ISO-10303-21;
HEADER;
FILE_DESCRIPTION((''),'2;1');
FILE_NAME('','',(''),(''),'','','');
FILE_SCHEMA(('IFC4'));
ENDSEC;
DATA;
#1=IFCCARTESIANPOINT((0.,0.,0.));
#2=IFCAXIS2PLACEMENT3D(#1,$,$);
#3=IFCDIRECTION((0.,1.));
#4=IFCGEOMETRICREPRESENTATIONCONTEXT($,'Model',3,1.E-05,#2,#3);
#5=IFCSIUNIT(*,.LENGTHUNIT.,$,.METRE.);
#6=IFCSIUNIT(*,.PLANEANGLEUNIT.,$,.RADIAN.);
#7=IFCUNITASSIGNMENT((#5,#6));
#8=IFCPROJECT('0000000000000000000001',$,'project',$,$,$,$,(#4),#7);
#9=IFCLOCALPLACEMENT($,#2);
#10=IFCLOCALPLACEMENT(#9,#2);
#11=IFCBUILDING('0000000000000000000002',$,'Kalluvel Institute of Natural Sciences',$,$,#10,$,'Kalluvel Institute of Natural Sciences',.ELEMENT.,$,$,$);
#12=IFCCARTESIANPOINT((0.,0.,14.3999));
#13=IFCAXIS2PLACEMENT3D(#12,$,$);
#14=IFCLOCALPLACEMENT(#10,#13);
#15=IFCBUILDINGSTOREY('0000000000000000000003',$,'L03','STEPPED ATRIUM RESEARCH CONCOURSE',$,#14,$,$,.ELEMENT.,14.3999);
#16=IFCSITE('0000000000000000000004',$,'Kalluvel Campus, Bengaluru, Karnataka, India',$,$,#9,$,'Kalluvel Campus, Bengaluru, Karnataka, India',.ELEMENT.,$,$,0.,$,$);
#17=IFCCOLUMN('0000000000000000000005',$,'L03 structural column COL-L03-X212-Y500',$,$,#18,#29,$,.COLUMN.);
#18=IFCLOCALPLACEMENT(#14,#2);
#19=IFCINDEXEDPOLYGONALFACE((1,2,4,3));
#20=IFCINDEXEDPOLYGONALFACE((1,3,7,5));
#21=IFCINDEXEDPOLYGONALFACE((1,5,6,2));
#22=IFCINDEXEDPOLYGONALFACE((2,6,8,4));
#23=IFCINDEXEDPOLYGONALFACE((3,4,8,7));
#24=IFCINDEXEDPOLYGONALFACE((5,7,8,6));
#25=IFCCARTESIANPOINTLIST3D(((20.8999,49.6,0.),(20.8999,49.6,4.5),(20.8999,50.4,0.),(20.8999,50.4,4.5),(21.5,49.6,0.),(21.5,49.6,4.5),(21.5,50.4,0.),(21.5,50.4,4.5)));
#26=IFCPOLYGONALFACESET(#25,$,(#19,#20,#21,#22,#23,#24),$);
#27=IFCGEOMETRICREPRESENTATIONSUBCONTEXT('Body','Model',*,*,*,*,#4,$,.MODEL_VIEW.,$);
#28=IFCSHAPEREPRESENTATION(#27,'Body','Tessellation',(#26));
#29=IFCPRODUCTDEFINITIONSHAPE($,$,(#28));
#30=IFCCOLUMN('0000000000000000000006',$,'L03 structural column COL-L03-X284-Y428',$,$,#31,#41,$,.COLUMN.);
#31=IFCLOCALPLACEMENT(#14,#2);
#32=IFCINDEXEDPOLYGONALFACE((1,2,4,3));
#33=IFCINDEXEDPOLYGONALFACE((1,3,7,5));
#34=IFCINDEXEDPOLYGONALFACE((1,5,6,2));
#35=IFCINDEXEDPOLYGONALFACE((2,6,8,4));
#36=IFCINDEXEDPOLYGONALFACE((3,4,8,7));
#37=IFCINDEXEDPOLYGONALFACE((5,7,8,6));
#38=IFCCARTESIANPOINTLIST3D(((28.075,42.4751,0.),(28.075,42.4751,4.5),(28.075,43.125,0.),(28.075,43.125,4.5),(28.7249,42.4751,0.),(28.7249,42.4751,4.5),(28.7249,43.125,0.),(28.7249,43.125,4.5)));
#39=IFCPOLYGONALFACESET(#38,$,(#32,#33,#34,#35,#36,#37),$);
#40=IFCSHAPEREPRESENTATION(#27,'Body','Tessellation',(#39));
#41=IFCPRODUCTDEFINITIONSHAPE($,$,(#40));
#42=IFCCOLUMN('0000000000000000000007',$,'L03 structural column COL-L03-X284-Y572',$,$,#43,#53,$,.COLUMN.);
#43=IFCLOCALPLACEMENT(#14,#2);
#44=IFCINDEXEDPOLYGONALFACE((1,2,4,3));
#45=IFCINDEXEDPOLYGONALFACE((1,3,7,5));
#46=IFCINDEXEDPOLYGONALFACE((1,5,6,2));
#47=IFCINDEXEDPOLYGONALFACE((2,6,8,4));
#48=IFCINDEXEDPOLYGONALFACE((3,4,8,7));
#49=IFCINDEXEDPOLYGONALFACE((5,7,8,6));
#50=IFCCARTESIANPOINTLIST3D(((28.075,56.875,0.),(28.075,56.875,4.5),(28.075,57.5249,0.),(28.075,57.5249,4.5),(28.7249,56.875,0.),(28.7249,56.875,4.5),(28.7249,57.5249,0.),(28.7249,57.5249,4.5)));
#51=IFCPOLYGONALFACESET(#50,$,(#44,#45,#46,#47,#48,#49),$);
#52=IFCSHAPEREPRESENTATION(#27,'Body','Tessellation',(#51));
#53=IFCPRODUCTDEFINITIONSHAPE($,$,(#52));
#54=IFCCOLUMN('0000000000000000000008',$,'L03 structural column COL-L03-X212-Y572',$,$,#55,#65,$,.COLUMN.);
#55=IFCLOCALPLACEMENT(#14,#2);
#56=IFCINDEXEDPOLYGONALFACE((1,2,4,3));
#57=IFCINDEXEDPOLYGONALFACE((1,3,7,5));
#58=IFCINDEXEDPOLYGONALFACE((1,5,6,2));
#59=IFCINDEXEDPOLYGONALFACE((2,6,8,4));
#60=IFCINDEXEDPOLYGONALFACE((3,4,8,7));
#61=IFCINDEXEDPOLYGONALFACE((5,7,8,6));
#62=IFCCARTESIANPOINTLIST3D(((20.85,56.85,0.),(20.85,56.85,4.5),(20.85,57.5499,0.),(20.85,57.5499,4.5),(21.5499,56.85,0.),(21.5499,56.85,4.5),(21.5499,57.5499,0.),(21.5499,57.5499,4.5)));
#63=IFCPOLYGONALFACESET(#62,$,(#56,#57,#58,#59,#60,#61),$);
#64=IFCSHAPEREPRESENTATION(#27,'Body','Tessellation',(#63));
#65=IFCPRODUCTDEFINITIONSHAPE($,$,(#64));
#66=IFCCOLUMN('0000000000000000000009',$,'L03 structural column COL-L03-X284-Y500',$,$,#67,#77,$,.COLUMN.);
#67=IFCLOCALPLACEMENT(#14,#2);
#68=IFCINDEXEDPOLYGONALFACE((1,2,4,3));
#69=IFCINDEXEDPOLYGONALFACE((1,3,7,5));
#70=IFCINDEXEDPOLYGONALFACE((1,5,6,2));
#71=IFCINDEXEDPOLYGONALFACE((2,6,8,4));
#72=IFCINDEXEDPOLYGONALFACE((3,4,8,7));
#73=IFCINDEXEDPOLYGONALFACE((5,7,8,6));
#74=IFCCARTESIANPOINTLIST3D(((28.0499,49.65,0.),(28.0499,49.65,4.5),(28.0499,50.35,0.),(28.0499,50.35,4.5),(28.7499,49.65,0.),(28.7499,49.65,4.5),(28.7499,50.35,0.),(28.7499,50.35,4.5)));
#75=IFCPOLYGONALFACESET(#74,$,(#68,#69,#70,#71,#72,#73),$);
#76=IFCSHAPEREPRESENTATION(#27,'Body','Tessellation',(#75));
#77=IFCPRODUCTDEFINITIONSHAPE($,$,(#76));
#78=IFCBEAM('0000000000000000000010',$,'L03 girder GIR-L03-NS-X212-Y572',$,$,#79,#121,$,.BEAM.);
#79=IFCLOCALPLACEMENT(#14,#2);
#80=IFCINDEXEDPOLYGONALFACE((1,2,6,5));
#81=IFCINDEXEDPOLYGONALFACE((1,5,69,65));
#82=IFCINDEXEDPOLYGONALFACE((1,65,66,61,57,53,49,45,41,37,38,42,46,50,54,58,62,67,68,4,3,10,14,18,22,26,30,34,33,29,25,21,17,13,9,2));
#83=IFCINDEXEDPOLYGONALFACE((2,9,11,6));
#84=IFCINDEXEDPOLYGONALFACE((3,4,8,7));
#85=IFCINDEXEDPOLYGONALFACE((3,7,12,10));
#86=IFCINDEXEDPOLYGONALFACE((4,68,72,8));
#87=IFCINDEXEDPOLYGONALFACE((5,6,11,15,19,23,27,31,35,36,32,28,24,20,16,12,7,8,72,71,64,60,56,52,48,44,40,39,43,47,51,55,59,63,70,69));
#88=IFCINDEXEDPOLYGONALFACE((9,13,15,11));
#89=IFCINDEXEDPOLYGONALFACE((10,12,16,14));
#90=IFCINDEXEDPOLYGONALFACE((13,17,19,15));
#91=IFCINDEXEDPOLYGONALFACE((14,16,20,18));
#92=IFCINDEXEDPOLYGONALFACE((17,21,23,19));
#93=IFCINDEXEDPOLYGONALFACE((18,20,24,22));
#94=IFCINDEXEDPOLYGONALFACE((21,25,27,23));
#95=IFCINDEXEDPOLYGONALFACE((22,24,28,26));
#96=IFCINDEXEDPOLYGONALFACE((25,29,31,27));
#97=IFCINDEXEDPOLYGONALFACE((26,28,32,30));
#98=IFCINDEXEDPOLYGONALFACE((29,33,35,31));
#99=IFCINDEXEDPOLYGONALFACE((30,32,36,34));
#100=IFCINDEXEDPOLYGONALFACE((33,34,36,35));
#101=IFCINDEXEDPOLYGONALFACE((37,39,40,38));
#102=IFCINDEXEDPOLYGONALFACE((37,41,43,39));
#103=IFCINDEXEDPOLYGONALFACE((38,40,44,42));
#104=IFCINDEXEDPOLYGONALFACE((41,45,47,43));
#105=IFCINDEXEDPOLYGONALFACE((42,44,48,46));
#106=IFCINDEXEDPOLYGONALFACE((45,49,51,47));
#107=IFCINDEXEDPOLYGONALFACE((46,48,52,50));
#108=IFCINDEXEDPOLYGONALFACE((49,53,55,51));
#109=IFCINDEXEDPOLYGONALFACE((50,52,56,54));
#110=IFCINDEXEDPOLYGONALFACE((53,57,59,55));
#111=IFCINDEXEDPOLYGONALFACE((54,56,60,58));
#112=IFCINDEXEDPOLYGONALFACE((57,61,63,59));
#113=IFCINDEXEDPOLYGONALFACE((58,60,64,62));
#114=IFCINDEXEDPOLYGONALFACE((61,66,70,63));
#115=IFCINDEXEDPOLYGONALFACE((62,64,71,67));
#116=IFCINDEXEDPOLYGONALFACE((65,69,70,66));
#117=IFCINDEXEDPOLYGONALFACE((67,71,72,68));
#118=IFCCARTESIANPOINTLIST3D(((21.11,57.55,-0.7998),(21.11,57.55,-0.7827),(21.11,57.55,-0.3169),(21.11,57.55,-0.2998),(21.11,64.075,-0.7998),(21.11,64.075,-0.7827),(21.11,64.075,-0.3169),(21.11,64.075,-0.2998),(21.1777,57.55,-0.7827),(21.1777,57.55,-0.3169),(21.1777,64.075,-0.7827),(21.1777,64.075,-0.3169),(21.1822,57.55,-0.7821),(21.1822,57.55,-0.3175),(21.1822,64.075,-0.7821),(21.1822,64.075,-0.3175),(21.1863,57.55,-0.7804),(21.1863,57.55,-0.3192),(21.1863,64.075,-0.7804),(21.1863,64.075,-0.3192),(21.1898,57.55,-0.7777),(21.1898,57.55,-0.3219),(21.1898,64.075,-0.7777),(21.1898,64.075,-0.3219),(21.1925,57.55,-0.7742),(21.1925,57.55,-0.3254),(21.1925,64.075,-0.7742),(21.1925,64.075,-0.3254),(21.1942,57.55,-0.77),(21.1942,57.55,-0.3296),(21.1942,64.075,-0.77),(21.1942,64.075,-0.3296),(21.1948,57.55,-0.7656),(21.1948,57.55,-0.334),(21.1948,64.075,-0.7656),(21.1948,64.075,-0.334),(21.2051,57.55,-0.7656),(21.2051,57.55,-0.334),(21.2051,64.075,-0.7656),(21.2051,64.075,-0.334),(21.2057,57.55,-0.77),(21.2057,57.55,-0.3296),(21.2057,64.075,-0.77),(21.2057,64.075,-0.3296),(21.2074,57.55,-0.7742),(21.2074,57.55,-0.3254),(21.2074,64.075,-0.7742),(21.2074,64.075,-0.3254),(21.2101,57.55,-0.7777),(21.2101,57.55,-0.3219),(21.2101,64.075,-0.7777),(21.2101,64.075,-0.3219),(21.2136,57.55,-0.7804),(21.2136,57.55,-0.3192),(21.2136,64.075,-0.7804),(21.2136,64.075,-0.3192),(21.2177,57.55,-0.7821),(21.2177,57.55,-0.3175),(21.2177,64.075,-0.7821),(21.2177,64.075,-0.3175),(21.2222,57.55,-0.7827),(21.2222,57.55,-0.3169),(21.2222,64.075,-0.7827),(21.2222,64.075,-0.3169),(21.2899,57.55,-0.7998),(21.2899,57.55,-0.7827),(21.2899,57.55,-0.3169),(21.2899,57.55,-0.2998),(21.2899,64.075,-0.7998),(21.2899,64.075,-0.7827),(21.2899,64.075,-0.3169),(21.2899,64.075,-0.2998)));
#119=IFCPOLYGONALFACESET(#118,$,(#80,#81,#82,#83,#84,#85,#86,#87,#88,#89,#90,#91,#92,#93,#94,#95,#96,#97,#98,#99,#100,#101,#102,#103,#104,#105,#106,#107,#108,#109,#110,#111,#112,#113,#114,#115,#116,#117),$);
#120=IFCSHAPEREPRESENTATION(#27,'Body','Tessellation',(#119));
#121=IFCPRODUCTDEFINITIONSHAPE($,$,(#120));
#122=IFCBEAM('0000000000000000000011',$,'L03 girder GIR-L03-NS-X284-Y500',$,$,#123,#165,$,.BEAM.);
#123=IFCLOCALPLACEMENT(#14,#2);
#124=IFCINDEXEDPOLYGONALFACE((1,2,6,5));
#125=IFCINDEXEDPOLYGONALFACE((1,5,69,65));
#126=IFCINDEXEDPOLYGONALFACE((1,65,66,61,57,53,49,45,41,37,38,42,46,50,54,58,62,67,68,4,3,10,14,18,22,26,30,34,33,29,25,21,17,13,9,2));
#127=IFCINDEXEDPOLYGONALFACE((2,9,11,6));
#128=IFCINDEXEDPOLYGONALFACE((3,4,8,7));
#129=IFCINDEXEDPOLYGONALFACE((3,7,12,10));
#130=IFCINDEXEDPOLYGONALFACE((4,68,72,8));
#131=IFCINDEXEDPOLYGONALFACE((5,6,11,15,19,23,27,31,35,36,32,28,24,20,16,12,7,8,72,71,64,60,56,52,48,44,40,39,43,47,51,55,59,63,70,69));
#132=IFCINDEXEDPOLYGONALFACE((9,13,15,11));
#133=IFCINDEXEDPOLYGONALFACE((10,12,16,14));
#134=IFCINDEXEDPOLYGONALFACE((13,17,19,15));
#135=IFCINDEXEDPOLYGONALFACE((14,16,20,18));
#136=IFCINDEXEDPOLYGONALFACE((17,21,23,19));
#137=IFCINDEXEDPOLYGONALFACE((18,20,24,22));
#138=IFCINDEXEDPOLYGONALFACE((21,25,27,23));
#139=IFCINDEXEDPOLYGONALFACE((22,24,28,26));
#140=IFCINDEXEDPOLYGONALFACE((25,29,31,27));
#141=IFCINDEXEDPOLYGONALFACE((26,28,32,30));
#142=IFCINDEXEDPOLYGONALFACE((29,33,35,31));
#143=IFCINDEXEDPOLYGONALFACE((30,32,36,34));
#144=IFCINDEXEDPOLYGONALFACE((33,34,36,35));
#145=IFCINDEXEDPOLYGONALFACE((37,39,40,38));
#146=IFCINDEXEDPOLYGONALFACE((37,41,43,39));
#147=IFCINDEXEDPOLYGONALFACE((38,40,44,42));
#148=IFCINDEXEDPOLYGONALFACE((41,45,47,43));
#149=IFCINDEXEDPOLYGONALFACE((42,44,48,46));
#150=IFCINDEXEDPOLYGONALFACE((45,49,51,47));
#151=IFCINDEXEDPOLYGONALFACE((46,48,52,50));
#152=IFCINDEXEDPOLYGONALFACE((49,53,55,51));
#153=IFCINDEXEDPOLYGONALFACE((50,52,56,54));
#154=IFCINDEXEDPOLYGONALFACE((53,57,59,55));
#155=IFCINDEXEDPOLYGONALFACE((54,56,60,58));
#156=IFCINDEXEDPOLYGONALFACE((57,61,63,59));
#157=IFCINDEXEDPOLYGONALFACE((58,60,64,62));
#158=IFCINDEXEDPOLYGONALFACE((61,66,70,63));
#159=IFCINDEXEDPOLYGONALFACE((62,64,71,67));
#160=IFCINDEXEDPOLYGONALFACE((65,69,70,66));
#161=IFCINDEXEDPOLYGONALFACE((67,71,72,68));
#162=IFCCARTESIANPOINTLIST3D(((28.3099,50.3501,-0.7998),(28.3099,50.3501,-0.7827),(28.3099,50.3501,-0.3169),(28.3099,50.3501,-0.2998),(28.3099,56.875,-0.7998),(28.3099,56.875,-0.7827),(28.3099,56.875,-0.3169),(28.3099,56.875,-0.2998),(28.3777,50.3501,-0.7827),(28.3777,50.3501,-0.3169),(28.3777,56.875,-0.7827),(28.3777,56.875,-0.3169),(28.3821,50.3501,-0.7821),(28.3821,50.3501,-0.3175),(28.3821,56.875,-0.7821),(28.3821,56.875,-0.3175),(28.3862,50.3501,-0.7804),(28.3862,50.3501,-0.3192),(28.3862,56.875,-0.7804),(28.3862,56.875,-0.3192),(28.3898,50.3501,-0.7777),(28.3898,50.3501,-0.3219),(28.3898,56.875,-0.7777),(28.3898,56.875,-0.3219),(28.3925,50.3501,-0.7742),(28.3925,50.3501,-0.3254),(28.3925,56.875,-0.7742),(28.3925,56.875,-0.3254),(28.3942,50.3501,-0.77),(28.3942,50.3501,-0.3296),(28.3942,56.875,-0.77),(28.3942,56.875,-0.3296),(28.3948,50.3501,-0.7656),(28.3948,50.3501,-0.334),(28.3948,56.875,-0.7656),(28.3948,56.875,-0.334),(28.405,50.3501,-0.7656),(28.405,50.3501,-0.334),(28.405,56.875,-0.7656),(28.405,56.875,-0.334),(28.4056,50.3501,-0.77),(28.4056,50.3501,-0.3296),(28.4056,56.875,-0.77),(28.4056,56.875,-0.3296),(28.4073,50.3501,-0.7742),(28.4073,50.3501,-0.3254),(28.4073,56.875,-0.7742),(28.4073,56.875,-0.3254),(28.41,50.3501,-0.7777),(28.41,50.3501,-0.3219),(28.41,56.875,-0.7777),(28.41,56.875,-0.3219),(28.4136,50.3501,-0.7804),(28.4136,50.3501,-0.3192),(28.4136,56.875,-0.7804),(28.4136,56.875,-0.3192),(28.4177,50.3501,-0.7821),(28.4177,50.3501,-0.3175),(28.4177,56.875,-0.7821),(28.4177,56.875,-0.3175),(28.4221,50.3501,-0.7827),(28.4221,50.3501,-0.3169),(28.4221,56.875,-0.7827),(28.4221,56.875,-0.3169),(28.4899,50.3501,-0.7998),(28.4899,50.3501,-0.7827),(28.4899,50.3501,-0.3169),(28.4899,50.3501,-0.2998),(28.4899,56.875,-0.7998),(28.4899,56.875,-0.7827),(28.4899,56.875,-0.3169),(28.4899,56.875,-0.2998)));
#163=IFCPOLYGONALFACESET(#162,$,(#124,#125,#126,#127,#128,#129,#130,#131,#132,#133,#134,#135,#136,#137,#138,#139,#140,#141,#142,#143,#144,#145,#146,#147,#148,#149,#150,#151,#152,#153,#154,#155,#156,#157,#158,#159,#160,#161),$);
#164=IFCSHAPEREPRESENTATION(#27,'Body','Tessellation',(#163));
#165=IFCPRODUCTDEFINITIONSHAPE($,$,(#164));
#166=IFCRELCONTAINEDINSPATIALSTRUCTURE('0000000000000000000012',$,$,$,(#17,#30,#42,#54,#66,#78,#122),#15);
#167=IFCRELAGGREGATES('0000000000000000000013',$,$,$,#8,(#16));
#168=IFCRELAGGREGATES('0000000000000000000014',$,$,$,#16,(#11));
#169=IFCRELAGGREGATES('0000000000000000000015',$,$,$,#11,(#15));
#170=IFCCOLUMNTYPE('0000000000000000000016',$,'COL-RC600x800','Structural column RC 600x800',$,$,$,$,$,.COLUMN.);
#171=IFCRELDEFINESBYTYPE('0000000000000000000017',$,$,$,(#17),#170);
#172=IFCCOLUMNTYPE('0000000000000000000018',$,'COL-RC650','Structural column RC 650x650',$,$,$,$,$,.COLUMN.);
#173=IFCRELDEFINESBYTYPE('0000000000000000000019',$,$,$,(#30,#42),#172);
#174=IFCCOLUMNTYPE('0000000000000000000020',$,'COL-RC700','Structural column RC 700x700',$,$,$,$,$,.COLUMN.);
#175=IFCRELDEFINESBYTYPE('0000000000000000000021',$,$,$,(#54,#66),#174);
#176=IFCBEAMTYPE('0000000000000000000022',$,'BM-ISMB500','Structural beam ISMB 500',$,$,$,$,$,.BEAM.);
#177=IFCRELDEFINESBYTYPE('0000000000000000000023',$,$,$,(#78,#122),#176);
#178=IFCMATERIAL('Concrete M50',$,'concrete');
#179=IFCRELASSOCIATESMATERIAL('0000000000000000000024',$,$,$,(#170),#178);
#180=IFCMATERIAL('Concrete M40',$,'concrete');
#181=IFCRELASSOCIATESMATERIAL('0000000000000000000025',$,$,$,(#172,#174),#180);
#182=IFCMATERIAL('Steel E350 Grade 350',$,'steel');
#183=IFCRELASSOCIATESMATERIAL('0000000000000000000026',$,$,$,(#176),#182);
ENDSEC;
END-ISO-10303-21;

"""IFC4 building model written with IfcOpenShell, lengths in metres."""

from ifc_helpers import new_model, si_unit, direction, frame, origin, origin_2d, place, context, subcontext, project, spatial, rectangle, i_section, extrude, material, material_profile, profile_set, type_object, element, save


model = new_model("IFC4")

# Units and contexts
model_context = context("Model", 3, precision=1e-05, world=origin(), true_north=direction((0.0, 1.0)))
body_context = subcontext(model_context, "Body", "Model", "MODEL_VIEW")
ifc_project = project(units=[si_unit("LENGTHUNIT", "METRE"), si_unit("PLANEANGLEUNIT", "RADIAN")], contexts=[model_context])

# Site, building, storey
site_placement = place(None, origin())
site = spatial("IfcSite", under=ifc_project, at=site_placement, Name="Kalluvel Campus, Bengaluru, Karnataka, India", LongName="Kalluvel Campus, Bengaluru, Karnataka, India", CompositionType="ELEMENT", RefElevation=0.0)
building_placement = place(site_placement, origin())
building = spatial("IfcBuilding", under=site, at=building_placement, Name="Kalluvel Institute of Natural Sciences", LongName="Kalluvel Institute of Natural Sciences", CompositionType="ELEMENT")
storey_placement = place(building_placement, frame((0.0, 0.0, 14.3999)))
storey = spatial("IfcBuildingStorey", under=building, at=storey_placement, Name="L03", Description="STEPPED ATRIUM RESEARCH CONCOURSE", CompositionType="ELEMENT", Elevation=14.3999)

# Columns
ifc_material_1 = material(Name="Concrete M50", Category="concrete")
ifc_material_profile_1 = material_profile(ifc_material_1, rectangle(XDim=0.6001, YDim=0.8, at=origin_2d()), Name="RC 600x800")
ifc_profile_set_1 = profile_set([ifc_material_profile_1], Name="Concrete M50")
column_type_1 = type_object("IfcColumnType", Name="COL-RC600x800", Description="Structural column RC 600x800", PredefinedType="COLUMN", material=ifc_profile_set_1)
column_placement = place(storey_placement, frame((21.2, 50.0, 0.0), z_axis=(0.0, 0.0, 1.0), x_axis=(1.0, 0.0, 0.0)))
element("IfcColumn", 1, at=column_placement, inside=storey, type_object=column_type_1, Name="L03 structural column COL-L03-X212-Y500", PredefinedType="COLUMN", context=body_context, shape_type="SweptSolid", body=[
    extrude(rectangle(XDim=0.6001, YDim=0.8, at=origin_2d()), origin(), (0.0, 0.0, 1.0), 4.5),
])
ifc_material_2 = material(Name="Concrete M40", Category="concrete")
ifc_material_profile_2 = material_profile(ifc_material_2, rectangle(XDim=0.6499, YDim=0.6499, at=origin_2d()), Name="RC 650x650")
ifc_profile_set_2 = profile_set([ifc_material_profile_2], Name="Concrete M40")
column_type_2 = type_object("IfcColumnType", Name="COL-RC650", Description="Structural column RC 650x650", PredefinedType="COLUMN", material=ifc_profile_set_2)
for number, where, z_axis, x_axis, name in (
    (2, (28.3999, 42.8, 0.0), (0.0, 0.0, 1.0), (1.0, 0.0, 0.0), "L03 structural column COL-L03-X284-Y428"),
    (3, (28.3999, 57.2, 0.0), (0.0, 0.0, 1.0), (1.0, 0.0, 0.0), "L03 structural column COL-L03-X284-Y572"),
):
    element("IfcColumn", number, at=place(storey_placement, frame(where, z_axis=z_axis, x_axis=x_axis)), inside=storey, type_object=column_type_2, Name=name, PredefinedType="COLUMN", context=body_context, shape_type="SweptSolid", body=[
        extrude(rectangle(XDim=0.6499, YDim=0.6499, at=origin_2d()), origin(), (0.0, 0.0, 1.0), 4.5),
    ])
ifc_material_profile_3 = material_profile(ifc_material_2, rectangle(XDim=0.7, YDim=0.7, at=origin_2d()), Name="RC 700x700")
ifc_profile_set_3 = profile_set([ifc_material_profile_3], Name="Concrete M40")
column_type_3 = type_object("IfcColumnType", Name="COL-RC700", Description="Structural column RC 700x700", PredefinedType="COLUMN", material=ifc_profile_set_3)
for number, where, z_axis, x_axis, name in (
    (4, (21.2, 57.2, 0.0), (0.0, 0.0, 1.0), (1.0, 0.0, 0.0), "L03 structural column COL-L03-X212-Y572"),
    (5, (28.3999, 50.0, 0.0), (0.0, 0.0, 1.0), (1.0, 0.0, 0.0), "L03 structural column COL-L03-X284-Y500"),
):
    element("IfcColumn", number, at=place(storey_placement, frame(where, z_axis=z_axis, x_axis=x_axis)), inside=storey, type_object=column_type_3, Name=name, PredefinedType="COLUMN", context=body_context, shape_type="SweptSolid", body=[
        extrude(rectangle(XDim=0.7, YDim=0.7, at=origin_2d()), origin(), (0.0, 0.0, 1.0), 4.5),
    ])

# Beams
ifc_material_3 = material(Name="Steel E350 Grade 350", Category="steel")
ifc_material_profile_4 = material_profile(ifc_material_3, i_section(OverallWidth=0.1799, OverallDepth=0.5, WebThickness=0.0103, FlangeThickness=0.0171, FilletRadius=0.0171, at=origin_2d()), Name="ISMB 500")
ifc_profile_set_4 = profile_set([ifc_material_profile_4], Name="Steel E350 Grade 350")
beam_type_1 = type_object("IfcBeamType", Name="BM-ISMB500", Description="Structural beam ISMB 500", PredefinedType="BEAM", material=ifc_profile_set_4)
for number, where, z_axis, x_axis, name in (
    (6, (21.2, 57.55, -0.5498), (0.0, 1.0, 0.0), (-1.0, 0.0, 0.0), "L03 girder GIR-L03-NS-X212-Y572"),
    (7, (28.3999, 50.3501, -0.5498), (0.0, 1.0, 0.0), (-1.0, 0.0, 0.0), "L03 girder GIR-L03-NS-X284-Y500"),
):
    element("IfcBeam", number, at=place(storey_placement, frame(where, z_axis=z_axis, x_axis=x_axis)), inside=storey, type_object=beam_type_1, Name=name, PredefinedType="BEAM", context=body_context, shape_type="SweptSolid", body=[
        extrude(i_section(OverallWidth=0.1799, OverallDepth=0.5, WebThickness=0.0103, FlangeThickness=0.0171, FilletRadius=0.0171, at=origin_2d()), origin(), (0.0, 0.0, 1.0), 6.5249),
    ])

save(model, "model.ifc")
